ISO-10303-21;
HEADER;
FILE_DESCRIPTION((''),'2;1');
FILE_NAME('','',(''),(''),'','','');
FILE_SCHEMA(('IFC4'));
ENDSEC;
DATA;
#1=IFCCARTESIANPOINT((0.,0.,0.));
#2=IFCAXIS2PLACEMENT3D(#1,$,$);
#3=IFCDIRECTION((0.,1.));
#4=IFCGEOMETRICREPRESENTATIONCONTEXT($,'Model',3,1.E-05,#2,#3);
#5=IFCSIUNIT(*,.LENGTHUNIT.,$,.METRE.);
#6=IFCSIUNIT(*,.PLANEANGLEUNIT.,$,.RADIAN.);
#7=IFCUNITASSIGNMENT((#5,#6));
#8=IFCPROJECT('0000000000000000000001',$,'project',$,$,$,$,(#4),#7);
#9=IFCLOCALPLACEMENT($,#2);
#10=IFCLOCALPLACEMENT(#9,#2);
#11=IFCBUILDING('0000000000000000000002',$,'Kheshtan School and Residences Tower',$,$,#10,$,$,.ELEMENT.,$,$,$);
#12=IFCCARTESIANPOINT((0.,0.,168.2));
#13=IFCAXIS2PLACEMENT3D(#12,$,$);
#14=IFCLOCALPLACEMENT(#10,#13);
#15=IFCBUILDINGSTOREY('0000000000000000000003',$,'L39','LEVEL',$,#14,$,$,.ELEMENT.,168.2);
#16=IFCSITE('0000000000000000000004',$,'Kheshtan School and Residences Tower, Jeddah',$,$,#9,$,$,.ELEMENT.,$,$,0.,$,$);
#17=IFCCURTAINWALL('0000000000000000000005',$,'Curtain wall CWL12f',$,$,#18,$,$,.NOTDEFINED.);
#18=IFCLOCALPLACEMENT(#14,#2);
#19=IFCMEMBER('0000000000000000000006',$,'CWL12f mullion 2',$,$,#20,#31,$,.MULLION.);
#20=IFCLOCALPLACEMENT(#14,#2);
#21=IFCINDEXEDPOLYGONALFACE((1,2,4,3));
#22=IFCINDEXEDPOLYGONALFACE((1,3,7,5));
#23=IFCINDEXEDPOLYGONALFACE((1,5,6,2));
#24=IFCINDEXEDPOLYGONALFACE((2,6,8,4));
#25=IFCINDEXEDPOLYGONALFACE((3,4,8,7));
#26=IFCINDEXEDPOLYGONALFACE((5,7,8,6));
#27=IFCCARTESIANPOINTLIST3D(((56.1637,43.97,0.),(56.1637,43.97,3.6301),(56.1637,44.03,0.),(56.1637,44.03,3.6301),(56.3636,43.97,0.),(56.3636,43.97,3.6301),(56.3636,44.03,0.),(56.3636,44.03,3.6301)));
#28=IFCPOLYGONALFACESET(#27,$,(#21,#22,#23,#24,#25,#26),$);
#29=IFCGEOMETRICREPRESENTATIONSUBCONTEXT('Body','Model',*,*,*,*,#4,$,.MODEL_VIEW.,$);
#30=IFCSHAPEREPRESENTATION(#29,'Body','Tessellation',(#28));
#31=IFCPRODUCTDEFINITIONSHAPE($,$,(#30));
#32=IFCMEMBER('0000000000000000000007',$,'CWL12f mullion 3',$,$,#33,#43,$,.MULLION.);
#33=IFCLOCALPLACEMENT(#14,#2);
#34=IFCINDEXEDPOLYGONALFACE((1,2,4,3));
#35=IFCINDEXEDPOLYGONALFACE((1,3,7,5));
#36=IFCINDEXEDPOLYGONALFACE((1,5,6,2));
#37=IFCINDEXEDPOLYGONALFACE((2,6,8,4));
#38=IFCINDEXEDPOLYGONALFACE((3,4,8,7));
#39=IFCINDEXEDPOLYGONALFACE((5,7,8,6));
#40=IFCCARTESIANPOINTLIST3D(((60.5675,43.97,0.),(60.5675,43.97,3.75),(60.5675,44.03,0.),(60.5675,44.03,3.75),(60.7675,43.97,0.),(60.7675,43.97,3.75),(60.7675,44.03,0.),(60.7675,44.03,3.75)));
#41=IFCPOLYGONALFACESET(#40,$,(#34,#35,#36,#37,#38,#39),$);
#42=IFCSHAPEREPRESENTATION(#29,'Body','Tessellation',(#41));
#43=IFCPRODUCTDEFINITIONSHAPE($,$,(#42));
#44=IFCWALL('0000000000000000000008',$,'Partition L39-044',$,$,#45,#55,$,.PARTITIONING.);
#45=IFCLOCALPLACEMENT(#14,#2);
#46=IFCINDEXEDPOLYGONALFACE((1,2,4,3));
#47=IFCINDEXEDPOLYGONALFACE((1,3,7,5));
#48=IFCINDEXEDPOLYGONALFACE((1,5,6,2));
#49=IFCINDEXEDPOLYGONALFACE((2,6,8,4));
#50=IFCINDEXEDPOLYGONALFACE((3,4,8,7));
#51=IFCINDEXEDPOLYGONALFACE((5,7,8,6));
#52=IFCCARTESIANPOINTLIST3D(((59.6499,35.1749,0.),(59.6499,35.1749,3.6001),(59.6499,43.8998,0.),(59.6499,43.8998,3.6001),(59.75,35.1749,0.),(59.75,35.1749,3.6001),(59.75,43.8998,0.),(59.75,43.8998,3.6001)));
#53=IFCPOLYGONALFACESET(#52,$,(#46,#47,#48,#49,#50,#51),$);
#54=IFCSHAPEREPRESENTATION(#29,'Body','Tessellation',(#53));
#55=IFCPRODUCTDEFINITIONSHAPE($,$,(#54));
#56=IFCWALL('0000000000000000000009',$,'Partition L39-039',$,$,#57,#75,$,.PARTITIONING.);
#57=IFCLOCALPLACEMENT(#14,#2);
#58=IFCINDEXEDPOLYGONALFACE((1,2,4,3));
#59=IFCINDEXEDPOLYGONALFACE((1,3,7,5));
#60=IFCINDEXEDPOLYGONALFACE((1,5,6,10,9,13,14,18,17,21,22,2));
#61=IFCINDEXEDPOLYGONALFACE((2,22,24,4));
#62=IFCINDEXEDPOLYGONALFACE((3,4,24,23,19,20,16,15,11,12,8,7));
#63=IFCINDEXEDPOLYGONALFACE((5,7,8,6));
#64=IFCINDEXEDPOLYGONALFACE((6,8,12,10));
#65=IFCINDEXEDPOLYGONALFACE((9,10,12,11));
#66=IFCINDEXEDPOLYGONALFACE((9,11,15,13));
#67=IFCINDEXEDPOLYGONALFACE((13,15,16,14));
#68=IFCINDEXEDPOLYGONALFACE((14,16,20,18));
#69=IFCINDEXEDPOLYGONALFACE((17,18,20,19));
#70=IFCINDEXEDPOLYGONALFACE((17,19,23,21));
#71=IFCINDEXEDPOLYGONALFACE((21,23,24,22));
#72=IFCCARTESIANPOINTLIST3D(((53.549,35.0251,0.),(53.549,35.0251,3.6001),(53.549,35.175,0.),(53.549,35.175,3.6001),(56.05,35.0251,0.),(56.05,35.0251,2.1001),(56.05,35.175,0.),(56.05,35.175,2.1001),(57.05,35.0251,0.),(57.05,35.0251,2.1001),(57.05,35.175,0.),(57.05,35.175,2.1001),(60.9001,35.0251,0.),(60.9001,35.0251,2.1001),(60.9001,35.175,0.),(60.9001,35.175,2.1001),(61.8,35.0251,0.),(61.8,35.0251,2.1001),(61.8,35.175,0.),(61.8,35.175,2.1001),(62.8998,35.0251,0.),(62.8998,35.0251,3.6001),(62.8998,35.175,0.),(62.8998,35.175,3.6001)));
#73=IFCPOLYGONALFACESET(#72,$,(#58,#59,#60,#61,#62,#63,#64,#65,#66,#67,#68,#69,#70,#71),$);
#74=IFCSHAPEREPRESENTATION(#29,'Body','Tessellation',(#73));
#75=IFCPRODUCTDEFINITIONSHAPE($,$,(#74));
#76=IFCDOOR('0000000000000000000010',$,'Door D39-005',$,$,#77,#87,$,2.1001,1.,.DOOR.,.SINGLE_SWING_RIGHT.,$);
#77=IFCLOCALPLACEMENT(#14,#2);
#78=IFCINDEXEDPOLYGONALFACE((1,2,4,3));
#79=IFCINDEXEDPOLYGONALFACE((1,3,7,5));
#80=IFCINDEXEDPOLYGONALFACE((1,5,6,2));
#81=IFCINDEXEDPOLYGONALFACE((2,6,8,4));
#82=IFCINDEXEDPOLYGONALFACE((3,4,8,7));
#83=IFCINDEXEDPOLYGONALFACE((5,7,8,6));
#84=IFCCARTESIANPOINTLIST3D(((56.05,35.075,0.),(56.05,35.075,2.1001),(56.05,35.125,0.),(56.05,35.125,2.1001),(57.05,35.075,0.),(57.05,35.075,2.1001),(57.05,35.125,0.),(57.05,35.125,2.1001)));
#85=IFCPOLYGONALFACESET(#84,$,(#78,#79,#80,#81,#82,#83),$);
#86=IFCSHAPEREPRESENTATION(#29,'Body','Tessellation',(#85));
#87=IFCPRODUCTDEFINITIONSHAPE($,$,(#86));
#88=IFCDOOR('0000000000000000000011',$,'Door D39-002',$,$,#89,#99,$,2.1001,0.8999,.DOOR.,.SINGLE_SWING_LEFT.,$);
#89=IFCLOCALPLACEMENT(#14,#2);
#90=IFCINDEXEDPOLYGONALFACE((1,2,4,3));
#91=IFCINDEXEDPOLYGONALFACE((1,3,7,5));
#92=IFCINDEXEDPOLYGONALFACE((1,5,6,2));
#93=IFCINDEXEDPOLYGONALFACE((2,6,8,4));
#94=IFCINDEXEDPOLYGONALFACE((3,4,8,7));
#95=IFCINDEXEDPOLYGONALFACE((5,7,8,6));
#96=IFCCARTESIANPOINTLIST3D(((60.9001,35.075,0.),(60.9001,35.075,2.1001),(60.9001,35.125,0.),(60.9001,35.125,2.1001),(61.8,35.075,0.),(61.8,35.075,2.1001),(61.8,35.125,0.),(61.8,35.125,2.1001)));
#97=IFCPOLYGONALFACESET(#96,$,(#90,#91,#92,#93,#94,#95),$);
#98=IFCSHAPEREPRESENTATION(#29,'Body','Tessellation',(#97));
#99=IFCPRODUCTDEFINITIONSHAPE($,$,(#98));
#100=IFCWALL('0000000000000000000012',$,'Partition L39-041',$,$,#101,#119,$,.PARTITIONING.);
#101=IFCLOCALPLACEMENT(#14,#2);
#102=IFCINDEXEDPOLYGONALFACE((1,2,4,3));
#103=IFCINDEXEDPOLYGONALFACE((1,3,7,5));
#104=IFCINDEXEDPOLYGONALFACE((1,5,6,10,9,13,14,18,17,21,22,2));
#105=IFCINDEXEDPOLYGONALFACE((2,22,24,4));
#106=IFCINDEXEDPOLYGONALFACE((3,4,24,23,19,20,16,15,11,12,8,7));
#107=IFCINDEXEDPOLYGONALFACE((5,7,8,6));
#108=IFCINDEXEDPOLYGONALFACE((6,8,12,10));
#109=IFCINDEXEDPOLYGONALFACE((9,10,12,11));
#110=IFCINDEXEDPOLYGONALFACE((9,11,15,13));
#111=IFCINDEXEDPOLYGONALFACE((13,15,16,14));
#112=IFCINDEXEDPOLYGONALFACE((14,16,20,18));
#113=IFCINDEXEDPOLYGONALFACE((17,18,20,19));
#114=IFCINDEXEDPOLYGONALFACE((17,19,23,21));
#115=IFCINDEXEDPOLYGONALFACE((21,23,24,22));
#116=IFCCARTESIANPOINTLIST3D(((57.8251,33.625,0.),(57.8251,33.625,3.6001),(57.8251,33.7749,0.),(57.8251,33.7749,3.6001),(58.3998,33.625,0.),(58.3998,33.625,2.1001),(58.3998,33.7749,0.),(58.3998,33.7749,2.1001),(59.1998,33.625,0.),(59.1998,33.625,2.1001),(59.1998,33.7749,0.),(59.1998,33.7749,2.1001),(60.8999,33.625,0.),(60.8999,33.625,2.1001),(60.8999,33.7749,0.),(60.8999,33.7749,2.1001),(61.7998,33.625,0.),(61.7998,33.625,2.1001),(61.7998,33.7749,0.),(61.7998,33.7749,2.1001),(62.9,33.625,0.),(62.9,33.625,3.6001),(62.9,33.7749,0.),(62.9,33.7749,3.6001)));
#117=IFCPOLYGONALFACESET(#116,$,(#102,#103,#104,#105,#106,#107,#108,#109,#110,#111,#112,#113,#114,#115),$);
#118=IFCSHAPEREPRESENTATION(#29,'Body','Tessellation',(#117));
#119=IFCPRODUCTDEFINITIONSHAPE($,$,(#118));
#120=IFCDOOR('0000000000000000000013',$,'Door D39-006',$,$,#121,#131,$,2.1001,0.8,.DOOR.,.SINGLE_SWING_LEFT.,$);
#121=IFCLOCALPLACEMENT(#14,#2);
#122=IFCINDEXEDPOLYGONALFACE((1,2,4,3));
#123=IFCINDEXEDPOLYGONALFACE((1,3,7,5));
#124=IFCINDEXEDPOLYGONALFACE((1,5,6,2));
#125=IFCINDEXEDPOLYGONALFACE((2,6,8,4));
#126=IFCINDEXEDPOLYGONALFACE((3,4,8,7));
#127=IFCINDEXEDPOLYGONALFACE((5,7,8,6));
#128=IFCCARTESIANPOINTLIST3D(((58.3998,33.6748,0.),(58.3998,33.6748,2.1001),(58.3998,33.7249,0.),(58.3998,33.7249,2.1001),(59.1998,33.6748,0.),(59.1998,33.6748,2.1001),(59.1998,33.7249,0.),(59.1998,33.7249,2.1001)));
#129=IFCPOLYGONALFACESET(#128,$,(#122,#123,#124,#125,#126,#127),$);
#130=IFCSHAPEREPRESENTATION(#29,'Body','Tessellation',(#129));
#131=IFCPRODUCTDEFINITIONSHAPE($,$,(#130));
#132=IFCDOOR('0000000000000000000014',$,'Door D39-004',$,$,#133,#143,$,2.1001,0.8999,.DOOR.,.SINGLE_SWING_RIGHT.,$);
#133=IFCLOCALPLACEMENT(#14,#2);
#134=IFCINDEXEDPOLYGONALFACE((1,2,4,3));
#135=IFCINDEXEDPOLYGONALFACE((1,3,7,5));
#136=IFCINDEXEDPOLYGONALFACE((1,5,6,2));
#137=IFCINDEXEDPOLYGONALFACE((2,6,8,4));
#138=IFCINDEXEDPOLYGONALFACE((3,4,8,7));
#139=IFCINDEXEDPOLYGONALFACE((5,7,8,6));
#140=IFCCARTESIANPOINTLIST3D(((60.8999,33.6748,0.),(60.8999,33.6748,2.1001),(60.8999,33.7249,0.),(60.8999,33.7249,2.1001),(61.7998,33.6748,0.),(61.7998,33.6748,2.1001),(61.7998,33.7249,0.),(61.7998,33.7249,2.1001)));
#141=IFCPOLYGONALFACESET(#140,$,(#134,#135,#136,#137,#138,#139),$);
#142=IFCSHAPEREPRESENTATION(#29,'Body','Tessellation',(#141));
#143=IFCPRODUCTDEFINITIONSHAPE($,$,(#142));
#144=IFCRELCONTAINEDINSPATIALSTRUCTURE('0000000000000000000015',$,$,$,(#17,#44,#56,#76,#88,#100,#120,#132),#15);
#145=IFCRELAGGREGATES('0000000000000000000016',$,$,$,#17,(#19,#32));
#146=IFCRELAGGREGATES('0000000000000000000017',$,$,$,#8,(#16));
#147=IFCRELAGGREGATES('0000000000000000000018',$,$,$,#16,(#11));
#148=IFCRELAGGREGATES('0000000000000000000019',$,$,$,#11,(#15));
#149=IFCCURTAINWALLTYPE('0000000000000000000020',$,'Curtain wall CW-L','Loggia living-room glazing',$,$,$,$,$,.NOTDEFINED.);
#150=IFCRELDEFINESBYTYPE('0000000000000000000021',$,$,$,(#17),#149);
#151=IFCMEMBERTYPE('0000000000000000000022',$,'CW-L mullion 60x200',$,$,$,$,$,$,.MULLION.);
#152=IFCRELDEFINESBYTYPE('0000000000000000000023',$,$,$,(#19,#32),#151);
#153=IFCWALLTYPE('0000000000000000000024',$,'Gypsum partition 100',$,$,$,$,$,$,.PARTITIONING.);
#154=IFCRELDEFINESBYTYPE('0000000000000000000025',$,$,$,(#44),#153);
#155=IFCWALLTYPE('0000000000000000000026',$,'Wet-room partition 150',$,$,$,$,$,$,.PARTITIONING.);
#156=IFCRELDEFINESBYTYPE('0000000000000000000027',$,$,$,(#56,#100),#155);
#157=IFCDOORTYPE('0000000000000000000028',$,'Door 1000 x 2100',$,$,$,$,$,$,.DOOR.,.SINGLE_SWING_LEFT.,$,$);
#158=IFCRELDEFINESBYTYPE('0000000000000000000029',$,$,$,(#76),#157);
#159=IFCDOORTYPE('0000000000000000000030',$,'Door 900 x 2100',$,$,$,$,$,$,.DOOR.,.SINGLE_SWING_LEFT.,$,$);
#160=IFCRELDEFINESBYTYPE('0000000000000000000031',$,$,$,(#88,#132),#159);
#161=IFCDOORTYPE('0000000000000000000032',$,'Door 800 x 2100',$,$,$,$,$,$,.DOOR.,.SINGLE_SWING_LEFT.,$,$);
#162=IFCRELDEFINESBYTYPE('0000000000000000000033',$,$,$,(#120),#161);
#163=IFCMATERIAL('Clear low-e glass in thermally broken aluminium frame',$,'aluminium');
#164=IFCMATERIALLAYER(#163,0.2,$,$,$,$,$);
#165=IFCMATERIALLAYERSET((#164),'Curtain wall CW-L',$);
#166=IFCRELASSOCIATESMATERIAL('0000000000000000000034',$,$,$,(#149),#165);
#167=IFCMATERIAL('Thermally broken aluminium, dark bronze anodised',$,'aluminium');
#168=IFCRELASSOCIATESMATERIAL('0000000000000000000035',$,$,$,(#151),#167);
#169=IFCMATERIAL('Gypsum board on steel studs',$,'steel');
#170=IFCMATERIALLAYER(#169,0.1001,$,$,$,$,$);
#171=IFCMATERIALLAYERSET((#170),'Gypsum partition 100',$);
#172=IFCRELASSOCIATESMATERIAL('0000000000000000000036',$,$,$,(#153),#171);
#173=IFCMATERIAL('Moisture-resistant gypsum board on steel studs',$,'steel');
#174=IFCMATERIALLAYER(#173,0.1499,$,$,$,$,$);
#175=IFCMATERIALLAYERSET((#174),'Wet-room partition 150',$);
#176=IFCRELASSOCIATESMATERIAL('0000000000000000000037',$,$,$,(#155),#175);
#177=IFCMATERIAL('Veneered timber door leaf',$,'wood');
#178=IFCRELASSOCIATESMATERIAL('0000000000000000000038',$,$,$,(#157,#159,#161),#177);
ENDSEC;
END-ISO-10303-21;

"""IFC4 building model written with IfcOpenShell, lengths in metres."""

from ifc_helpers import new_model, si_unit, direction, frame, frame_2d, origin, origin_2d, place, context, subcontext, project, spatial, rectangle, extrude, source, transform, mapped, material, layer, layer_set, material_profile, profile_set, type_object, element, fill, aggregate, save


model = new_model("IFC4")

# Units and contexts
model_context = context("Model", 3, precision=1e-05, world=origin(), true_north=direction((0.0, 1.0)))
body_context = subcontext(model_context, "Body", "Model", "MODEL_VIEW")
ifc_project = project(units=[si_unit("LENGTHUNIT", "METRE"), si_unit("PLANEANGLEUNIT", "RADIAN")], contexts=[model_context])

# Site, building, storey
site_placement = place(None, origin())
site = spatial("IfcSite", under=ifc_project, at=site_placement, Name="Kheshtan School and Residences Tower, Jeddah", CompositionType="ELEMENT", RefElevation=0.0)
building_placement = place(site_placement, origin())
building = spatial("IfcBuilding", under=site, at=building_placement, Name="Kheshtan School and Residences Tower", CompositionType="ELEMENT")
storey_placement = place(building_placement, frame((0.0, 0.0, 168.2)))
storey = spatial("IfcBuildingStorey", under=building, at=storey_placement, Name="L39", Description="LEVEL", CompositionType="ELEMENT", Elevation=168.2)

# Curtain wall, members
ifc_material_1 = material(Name="Clear low-e glass in thermally broken aluminium frame", Category="aluminium")
ifc_layer_1 = layer(ifc_material_1, 0.2)
ifc_layer_set_1 = layer_set([ifc_layer_1], Name="Curtain wall CW-L")
curtain_wall_type = type_object("IfcCurtainWallType", Name="Curtain wall CW-L", Description="Loggia living-room glazing", PredefinedType="NOTDEFINED", material=ifc_layer_set_1)
curtain_wall_placement = place(storey_placement, origin())
curtain_wall = element("IfcCurtainWall", 1, at=curtain_wall_placement, inside=storey, type_object=curtain_wall_type, Name="Curtain wall CWL12f", PredefinedType="NOTDEFINED")
ifc_material_2 = material(Name="Thermally broken aluminium, dark bronze anodised", Category="aluminium")
ifc_material_profile_1 = material_profile(ifc_material_2, rectangle(XDim=0.0601, YDim=0.2, at=origin_2d()), Name="CW-L mullion 60x200")
ifc_profile_set_1 = profile_set([ifc_material_profile_1], Name="Thermally broken aluminium, dark bronze anodised")
member_type = type_object("IfcMemberType", Name="CW-L mullion 60x200", PredefinedType="MULLION", material=ifc_profile_set_1)
member_1_placement = place(storey_placement, frame((56.2637, 44.0, 0.0), z_axis=(0.0, 0.0, 1.0), x_axis=(0.0, 1.0, 0.0)))
member_1 = element("IfcMember", 2, at=member_1_placement, type_object=member_type, Name="CWL12f mullion 2", PredefinedType="MULLION", context=body_context, shape_type="SweptSolid", body=[
    extrude(rectangle(XDim=0.0601, YDim=0.2, at=origin_2d()), origin(), (0.0, 0.0, 1.0), 3.6301),
])
member_2_placement = place(storey_placement, frame((60.6675, 44.0, 0.0), z_axis=(0.0, 0.0, 1.0), x_axis=(0.0, 1.0, 0.0)))
member_2 = element("IfcMember", 3, at=member_2_placement, type_object=member_type, Name="CWL12f mullion 3", PredefinedType="MULLION", context=body_context, shape_type="SweptSolid", body=[
    extrude(rectangle(XDim=0.0601, YDim=0.2, at=origin_2d()), origin(), (0.0, 0.0, 1.0), 3.75),
])
aggregate(curtain_wall, [member_1, member_2])

# Wall
ifc_material_3 = material(Name="Gypsum board on steel studs", Category="steel")
ifc_layer_2 = layer(ifc_material_3, 0.1001)
ifc_layer_set_2 = layer_set([ifc_layer_2], Name="Gypsum partition 100")
wall_type_1 = type_object("IfcWallType", Name="Gypsum partition 100", PredefinedType="PARTITIONING", material=ifc_layer_set_2)
wall_1_placement = place(storey_placement, frame((59.7, 35.175, 0.0), z_axis=(0.0, 0.0, 1.0), x_axis=(0.0, 1.0, 0.0)))
element("IfcWall", 4, at=wall_1_placement, inside=storey, type_object=wall_type_1, Name="Partition L39-044", PredefinedType="PARTITIONING", context=body_context, shape_type="SweptSolid", body=[
    extrude(rectangle(XDim=8.7249, YDim=0.1001, at=frame_2d((4.3623, 0.0))), origin(), (0.0, 0.0, 1.0), 3.6001),
])

# Walls, openings, doors
ifc_material_4 = material(Name="Moisture-resistant gypsum board on steel studs", Category="steel")
ifc_layer_3 = layer(ifc_material_4, 0.1499)
ifc_layer_set_3 = layer_set([ifc_layer_3], Name="Wet-room partition 150")
wall_type_2 = type_object("IfcWallType", Name="Wet-room partition 150", PredefinedType="PARTITIONING", material=ifc_layer_set_3)
wall_2_placement = place(storey_placement, frame((53.5491, 35.1001, 0.0), z_axis=(0.0, 0.0, 1.0), x_axis=(1.0, 0.0, 0.0)))
wall_2 = element("IfcWall", 5, at=wall_2_placement, inside=storey, type_object=wall_type_2, Name="Partition L39-039", PredefinedType="PARTITIONING", context=body_context, shape_type="SweptSolid", body=[
    extrude(rectangle(XDim=9.3508, YDim=0.1499, at=frame_2d((4.6753, 0.0))), origin(), (0.0, 0.0, 1.0), 3.6001),
])
opening_1_placement = place(wall_2_placement, frame((7.3511, 0.0, 0.0)))
opening_1 = element("IfcOpeningElement", 6, at=opening_1_placement, cuts=wall_2, PredefinedType="OPENING", context=body_context, shape_type="SweptSolid", body=[
    extrude(rectangle(XDim=0.8999, YDim=2.1001, at=frame_2d((0.45, 1.05))), frame((0.0, 0.085, 0.0), z_axis=(0.0, -1.0, 0.0), x_axis=(1.0, 0.0, 0.0)), (0.0, 0.0, 1.0), 0.1699),
])
opening_2_placement = place(wall_2_placement, frame((2.501, 0.0, 0.0)))
opening_2 = element("IfcOpeningElement", 7, at=opening_2_placement, cuts=wall_2, PredefinedType="OPENING", context=body_context, shape_type="SweptSolid", body=[
    extrude(rectangle(XDim=1.0, YDim=2.1001, at=frame_2d((0.5, 1.05))), frame((0.0, 0.085, 0.0), z_axis=(0.0, -1.0, 0.0), x_axis=(1.0, 0.0, 0.0)), (0.0, 0.0, 1.0), 0.1699),
])
ifc_material_5 = material(Name="Veneered timber door leaf", Category="wood")
door_type_1 = type_object("IfcDoorType", Name="Door 1000 x 2100", OperationType="SINGLE_SWING_LEFT", PredefinedType="DOOR", material=ifc_material_5)
shared_shape_1 = source(origin(), body_context, "Body", "SweptSolid", [
    extrude(rectangle(XDim=1.0, YDim=2.1001, at=frame_2d((0.5, 1.05))), frame((0.0, 0.0249, 0.0), z_axis=(0.0, -1.0, 0.0), x_axis=(1.0, 0.0, 0.0)), (0.0, 0.0, 1.0), 0.05),
])
door_1_placement = place(opening_2_placement, origin())
door_1 = element("IfcDoor", 8, at=door_1_placement, inside=storey, type_object=door_type_1, Name="Door D39-005", OperationType="SINGLE_SWING_RIGHT", OverallHeight=2.1001, OverallWidth=1.0, PredefinedType="DOOR", context=body_context, shape_type="MappedRepresentation", body=[
    mapped(shared_shape_1, transform((0.0, 0.0, 0.0), x_axis=(1.0, 0.0, 0.0), y_axis=(0.0, 1.0, 0.0), z_axis=(0.0, 0.0, 1.0), scale=1.0)),
])
fill(opening_2, door_1)
door_type_2 = type_object("IfcDoorType", Name="Door 900 x 2100", OperationType="SINGLE_SWING_LEFT", PredefinedType="DOOR", material=ifc_material_5)
shared_shape_2 = source(origin(), body_context, "Body", "SweptSolid", [
    extrude(rectangle(XDim=0.8999, YDim=2.1001, at=frame_2d((0.45, 1.05))), frame((0.0, 0.0249, 0.0), z_axis=(0.0, -1.0, 0.0), x_axis=(1.0, 0.0, 0.0)), (0.0, 0.0, 1.0), 0.05),
])
door_2_placement = place(opening_1_placement, origin())
door_2 = element("IfcDoor", 9, at=door_2_placement, inside=storey, type_object=door_type_2, Name="Door D39-002", OperationType="SINGLE_SWING_LEFT", OverallHeight=2.1001, OverallWidth=0.8999, PredefinedType="DOOR", context=body_context, shape_type="MappedRepresentation", body=[
    mapped(shared_shape_2, transform((0.0, 0.0, 0.0), x_axis=(1.0, 0.0, 0.0), y_axis=(0.0, 1.0, 0.0), z_axis=(0.0, 0.0, 1.0), scale=1.0)),
])
fill(opening_1, door_2)
wall_3_placement = place(storey_placement, frame((57.825, 33.7, 0.0), z_axis=(0.0, 0.0, 1.0), x_axis=(1.0, 0.0, 0.0)))
wall_3 = element("IfcWall", 10, at=wall_3_placement, inside=storey, type_object=wall_type_2, Name="Partition L39-041", PredefinedType="PARTITIONING", context=body_context, shape_type="SweptSolid", body=[
    extrude(rectangle(XDim=5.075, YDim=0.1499, at=frame_2d((2.5376, 0.0))), origin(), (0.0, 0.0, 1.0), 3.6001),
])
opening_3_placement = place(wall_3_placement, frame((3.075, 0.0, 0.0)))
opening_3 = element("IfcOpeningElement", 11, at=opening_3_placement, cuts=wall_3, PredefinedType="OPENING", context=body_context, shape_type="SweptSolid", body=[
    extrude(rectangle(XDim=0.8999, YDim=2.1001, at=frame_2d((0.45, 1.05))), frame((0.0, 0.085, 0.0), z_axis=(0.0, -1.0, 0.0), x_axis=(1.0, 0.0, 0.0)), (0.0, 0.0, 1.0), 0.1699),
])
opening_4_placement = place(wall_3_placement, frame((0.575, 0.0, 0.0)))
opening_4 = element("IfcOpeningElement", 12, at=opening_4_placement, cuts=wall_3, PredefinedType="OPENING", context=body_context, shape_type="SweptSolid", body=[
    extrude(rectangle(XDim=0.8, YDim=2.1001, at=frame_2d((0.3999, 1.05))), frame((0.0, 0.085, 0.0), z_axis=(0.0, -1.0, 0.0), x_axis=(1.0, 0.0, 0.0)), (0.0, 0.0, 1.0), 0.1699),
])
door_type_3 = type_object("IfcDoorType", Name="Door 800 x 2100", OperationType="SINGLE_SWING_LEFT", PredefinedType="DOOR", material=ifc_material_5)
shared_shape_3 = source(origin(), body_context, "Body", "SweptSolid", [
    extrude(rectangle(XDim=0.8, YDim=2.1001, at=frame_2d((0.3999, 1.05))), frame((0.0, 0.0249, 0.0), z_axis=(0.0, -1.0, 0.0), x_axis=(1.0, 0.0, 0.0)), (0.0, 0.0, 1.0), 0.05),
])
door_3_placement = place(opening_4_placement, origin())
door_3 = element("IfcDoor", 13, at=door_3_placement, inside=storey, type_object=door_type_3, Name="Door D39-006", OperationType="SINGLE_SWING_LEFT", OverallHeight=2.1001, OverallWidth=0.8, PredefinedType="DOOR", context=body_context, shape_type="MappedRepresentation", body=[
    mapped(shared_shape_3, transform((0.0, 0.0, 0.0), x_axis=(1.0, 0.0, 0.0), y_axis=(0.0, 1.0, 0.0), z_axis=(0.0, 0.0, 1.0), scale=1.0)),
])
fill(opening_4, door_3)
door_4_placement = place(opening_3_placement, origin())
door_4 = element("IfcDoor", 14, at=door_4_placement, inside=storey, type_object=door_type_2, Name="Door D39-004", OperationType="SINGLE_SWING_RIGHT", OverallHeight=2.1001, OverallWidth=0.8999, PredefinedType="DOOR", context=body_context, shape_type="MappedRepresentation", body=[
    mapped(shared_shape_2, transform((0.0, 0.0, 0.0), x_axis=(1.0, 0.0, 0.0), y_axis=(0.0, 1.0, 0.0), z_axis=(0.0, 0.0, 1.0), scale=1.0)),
])
fill(opening_3, door_4)

save(model, "model.ifc")
